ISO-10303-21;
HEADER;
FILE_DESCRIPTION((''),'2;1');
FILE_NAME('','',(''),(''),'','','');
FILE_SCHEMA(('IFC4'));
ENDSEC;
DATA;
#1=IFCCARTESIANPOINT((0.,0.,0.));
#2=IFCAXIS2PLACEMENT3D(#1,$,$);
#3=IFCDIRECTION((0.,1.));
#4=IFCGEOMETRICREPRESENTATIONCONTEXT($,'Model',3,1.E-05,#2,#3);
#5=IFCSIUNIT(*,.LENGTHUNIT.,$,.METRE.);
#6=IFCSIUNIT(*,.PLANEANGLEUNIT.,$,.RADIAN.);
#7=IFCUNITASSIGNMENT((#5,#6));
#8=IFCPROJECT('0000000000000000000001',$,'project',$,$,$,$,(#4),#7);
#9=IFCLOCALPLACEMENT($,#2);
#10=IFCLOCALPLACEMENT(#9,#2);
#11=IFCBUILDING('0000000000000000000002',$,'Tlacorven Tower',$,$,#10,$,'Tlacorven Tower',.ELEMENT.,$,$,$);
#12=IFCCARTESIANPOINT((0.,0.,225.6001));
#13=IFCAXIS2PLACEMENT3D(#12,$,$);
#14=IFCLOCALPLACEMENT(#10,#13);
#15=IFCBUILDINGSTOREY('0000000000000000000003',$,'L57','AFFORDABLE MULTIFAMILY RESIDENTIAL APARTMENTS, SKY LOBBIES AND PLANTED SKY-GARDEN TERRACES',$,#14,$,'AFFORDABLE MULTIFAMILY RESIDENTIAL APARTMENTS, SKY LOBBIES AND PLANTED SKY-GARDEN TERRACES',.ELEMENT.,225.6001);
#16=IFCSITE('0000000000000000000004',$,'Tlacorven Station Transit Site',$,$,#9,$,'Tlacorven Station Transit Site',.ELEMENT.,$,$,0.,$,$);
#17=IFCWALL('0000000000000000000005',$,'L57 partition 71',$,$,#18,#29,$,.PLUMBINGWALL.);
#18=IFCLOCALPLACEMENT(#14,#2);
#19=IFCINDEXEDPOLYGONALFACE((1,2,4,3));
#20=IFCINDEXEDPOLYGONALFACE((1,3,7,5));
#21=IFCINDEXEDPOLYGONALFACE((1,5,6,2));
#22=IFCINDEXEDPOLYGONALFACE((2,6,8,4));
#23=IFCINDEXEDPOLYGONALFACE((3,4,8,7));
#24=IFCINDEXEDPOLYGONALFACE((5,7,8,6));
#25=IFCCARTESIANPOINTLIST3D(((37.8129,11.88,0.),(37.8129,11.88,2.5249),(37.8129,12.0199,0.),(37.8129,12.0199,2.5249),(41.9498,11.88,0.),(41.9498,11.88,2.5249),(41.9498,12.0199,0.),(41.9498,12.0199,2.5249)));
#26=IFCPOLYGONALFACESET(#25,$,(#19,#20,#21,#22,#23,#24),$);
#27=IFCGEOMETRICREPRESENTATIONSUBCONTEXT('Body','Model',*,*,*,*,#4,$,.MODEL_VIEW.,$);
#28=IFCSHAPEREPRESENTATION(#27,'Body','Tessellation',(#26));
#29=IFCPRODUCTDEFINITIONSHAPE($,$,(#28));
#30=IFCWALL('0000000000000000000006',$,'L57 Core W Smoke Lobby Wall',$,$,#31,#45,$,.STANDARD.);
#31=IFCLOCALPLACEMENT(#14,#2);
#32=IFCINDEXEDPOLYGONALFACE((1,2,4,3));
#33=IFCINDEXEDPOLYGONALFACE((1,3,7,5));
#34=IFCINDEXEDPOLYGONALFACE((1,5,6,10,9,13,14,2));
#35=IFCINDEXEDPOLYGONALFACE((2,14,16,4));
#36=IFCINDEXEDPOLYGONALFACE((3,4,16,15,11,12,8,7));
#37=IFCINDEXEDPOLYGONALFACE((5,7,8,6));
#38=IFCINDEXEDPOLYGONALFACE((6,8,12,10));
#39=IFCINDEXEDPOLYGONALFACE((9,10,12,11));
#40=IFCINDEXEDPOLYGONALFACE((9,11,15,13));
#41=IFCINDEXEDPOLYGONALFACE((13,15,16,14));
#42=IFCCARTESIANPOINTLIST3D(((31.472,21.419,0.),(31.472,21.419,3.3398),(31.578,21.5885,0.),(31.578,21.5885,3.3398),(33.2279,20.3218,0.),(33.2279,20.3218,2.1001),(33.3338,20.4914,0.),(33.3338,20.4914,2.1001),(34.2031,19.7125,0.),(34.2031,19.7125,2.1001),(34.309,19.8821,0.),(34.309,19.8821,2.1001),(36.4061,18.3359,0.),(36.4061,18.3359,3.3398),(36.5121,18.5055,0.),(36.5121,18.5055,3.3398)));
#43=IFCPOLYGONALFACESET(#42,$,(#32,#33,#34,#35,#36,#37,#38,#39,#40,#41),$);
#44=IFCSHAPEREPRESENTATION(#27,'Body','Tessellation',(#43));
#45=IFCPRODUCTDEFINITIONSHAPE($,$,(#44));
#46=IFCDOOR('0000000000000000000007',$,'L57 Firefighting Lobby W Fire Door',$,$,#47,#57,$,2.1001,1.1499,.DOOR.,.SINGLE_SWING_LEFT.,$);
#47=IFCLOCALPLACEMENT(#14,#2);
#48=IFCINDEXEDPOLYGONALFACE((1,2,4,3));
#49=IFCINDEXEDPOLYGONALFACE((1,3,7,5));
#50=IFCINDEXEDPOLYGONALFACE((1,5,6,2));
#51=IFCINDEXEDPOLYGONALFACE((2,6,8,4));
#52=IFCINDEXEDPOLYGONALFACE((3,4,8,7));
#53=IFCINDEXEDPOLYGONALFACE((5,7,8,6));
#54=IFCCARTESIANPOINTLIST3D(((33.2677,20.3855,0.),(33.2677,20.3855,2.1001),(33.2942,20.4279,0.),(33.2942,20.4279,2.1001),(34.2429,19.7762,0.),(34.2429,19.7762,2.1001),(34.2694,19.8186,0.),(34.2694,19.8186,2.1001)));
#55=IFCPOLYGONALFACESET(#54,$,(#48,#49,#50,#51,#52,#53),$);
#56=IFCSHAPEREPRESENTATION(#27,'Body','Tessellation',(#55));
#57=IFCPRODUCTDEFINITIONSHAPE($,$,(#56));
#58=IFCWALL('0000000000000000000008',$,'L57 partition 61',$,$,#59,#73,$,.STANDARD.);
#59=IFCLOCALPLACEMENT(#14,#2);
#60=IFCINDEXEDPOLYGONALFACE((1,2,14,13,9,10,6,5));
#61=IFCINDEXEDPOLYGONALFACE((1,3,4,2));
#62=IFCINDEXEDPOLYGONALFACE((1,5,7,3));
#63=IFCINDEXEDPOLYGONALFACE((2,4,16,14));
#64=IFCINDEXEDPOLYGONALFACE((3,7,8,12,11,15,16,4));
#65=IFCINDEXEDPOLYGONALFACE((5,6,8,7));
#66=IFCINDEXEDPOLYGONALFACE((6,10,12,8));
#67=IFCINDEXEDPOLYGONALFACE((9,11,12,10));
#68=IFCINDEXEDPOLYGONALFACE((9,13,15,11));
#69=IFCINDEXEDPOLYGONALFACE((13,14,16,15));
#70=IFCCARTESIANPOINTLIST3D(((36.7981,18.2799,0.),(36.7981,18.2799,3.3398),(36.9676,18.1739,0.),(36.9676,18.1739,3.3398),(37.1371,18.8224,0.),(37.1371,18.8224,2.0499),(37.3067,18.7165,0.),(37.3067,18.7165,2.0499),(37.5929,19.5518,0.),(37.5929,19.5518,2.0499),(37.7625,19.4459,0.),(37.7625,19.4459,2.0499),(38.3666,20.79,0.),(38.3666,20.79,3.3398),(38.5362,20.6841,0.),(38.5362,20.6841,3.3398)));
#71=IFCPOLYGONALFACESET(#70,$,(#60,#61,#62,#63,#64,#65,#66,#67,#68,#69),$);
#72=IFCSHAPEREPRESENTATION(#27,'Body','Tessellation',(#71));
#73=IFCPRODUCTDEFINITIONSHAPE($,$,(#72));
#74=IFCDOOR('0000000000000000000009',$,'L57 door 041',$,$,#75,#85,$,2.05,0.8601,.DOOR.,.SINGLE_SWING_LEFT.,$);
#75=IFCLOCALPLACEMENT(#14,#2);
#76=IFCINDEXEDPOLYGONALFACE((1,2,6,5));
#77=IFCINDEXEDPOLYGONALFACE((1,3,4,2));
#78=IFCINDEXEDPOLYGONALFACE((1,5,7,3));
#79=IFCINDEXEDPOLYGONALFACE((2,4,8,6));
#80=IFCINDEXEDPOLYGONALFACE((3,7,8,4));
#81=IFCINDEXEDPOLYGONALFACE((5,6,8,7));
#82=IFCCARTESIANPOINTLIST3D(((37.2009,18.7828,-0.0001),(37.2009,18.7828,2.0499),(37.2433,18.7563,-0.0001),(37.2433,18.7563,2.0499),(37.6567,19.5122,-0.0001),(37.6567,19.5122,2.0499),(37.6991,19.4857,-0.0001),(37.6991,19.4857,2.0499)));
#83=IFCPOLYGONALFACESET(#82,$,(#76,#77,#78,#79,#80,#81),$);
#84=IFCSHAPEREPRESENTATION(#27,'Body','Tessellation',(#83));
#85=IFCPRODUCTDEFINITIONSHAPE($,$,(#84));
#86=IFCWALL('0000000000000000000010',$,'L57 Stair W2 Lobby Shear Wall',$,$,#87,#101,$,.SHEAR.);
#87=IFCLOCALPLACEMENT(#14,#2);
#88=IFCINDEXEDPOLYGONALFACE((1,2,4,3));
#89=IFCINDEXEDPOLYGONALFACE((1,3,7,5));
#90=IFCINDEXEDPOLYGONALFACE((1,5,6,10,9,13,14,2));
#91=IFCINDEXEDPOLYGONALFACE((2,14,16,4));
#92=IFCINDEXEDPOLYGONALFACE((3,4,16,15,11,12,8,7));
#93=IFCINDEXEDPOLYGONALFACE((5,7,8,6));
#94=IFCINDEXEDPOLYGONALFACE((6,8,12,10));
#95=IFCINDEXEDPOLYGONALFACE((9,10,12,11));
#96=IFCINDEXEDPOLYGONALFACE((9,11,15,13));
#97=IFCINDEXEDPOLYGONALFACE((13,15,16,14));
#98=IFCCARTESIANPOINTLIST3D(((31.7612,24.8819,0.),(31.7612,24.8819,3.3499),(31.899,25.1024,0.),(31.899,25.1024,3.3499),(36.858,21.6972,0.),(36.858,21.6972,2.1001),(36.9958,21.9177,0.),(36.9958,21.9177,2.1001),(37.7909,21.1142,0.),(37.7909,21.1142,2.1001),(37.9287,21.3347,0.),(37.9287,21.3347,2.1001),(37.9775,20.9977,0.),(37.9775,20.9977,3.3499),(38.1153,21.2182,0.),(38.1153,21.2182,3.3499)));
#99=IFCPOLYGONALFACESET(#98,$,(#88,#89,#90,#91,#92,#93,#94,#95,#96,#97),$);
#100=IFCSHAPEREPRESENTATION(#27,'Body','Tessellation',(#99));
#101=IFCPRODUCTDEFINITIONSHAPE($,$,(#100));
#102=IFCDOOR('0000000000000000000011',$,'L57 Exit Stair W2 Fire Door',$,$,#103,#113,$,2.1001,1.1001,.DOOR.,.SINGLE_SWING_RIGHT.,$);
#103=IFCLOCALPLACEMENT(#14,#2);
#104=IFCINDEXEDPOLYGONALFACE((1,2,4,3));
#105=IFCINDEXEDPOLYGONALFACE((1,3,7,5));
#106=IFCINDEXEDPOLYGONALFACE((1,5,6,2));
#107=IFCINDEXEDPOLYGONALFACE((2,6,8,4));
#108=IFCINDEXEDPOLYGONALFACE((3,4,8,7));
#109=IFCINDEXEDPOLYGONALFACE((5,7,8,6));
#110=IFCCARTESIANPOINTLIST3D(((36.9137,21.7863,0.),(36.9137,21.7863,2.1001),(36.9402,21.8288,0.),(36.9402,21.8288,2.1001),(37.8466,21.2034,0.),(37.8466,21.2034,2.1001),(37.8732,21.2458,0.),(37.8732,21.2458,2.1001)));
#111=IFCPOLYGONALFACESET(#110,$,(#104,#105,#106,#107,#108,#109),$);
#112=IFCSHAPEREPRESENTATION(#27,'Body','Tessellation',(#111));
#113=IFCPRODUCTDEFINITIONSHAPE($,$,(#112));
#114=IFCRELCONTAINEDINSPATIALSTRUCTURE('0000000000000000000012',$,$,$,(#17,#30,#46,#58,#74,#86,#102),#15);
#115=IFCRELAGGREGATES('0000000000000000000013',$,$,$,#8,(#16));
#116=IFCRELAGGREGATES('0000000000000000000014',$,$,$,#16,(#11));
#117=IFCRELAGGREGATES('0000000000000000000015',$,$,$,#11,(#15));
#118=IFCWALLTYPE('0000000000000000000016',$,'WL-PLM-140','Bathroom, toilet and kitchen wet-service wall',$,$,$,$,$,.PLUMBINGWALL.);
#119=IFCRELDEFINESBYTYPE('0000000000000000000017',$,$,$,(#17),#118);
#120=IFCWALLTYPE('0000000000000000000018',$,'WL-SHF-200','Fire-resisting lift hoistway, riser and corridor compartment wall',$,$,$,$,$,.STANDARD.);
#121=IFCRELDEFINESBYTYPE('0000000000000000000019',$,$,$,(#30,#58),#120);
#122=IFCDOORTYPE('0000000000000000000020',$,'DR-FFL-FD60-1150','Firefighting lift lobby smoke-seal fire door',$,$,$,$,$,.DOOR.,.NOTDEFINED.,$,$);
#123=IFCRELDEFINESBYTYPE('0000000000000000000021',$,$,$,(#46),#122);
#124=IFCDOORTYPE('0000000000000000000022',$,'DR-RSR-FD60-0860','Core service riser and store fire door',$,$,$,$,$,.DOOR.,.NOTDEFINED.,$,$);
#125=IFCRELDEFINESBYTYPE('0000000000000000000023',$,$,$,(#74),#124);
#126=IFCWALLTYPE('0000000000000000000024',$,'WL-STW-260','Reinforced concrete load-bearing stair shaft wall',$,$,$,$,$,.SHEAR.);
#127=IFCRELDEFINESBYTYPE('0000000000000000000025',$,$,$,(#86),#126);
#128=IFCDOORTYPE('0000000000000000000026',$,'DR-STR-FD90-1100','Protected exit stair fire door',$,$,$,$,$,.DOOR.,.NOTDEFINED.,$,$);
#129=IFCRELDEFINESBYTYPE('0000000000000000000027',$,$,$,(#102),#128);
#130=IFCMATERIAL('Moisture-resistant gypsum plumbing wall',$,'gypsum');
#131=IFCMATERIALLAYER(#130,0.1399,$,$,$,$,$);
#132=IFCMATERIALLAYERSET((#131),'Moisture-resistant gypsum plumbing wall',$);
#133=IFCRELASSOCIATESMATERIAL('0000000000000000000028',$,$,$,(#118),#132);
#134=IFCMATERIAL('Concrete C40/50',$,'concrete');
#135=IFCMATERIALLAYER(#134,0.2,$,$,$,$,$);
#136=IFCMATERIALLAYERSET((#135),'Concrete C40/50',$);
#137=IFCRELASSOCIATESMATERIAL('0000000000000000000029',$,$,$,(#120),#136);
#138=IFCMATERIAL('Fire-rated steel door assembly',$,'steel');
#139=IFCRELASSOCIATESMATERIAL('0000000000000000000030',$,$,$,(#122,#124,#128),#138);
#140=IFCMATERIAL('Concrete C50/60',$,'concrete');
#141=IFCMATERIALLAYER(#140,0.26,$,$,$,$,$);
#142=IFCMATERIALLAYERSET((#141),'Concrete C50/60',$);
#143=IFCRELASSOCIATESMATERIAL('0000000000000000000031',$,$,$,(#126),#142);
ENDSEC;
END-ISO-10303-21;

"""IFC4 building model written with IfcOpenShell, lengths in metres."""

from ifc_helpers import new_model, si_unit, direction, frame, frame_2d, origin, place, context, subcontext, project, spatial, rectangle, extrude, source, transform, mapped, material, layer, layer_set, type_object, element, fill, save


model = new_model("IFC4")

# Units and contexts
model_context = context("Model", 3, precision=1e-05, world=origin(), true_north=direction((0.0, 1.0)))
body_context = subcontext(model_context, "Body", "Model", "MODEL_VIEW")
ifc_project = project(units=[si_unit("LENGTHUNIT", "METRE"), si_unit("PLANEANGLEUNIT", "RADIAN")], contexts=[model_context])

# Site, building, storey
site_placement = place(None, origin())
site = spatial("IfcSite", under=ifc_project, at=site_placement, Name="Tlacorven Station Transit Site", LongName="Tlacorven Station Transit Site", CompositionType="ELEMENT", RefElevation=0.0)
building_placement = place(site_placement, origin())
building = spatial("IfcBuilding", under=site, at=building_placement, Name="Tlacorven Tower", LongName="Tlacorven Tower", CompositionType="ELEMENT")
storey_placement = place(building_placement, frame((0.0, 0.0, 225.6001)))
storey = spatial("IfcBuildingStorey", under=building, at=storey_placement, Name="L57", Description="AFFORDABLE MULTIFAMILY RESIDENTIAL APARTMENTS, SKY LOBBIES AND PLANTED SKY-GARDEN TERRACES", LongName="AFFORDABLE MULTIFAMILY RESIDENTIAL APARTMENTS, SKY LOBBIES AND PLANTED SKY-GARDEN TERRACES", CompositionType="ELEMENT", Elevation=225.6001)

# Shared definitions
ifc_material_1 = material(Name="Concrete C50/60", Category="concrete")

# Shared definitions
ifc_material_2 = material(Name="Fire-rated steel door assembly", Category="steel")

# Wall
ifc_material_3 = material(Name="Moisture-resistant gypsum plumbing wall", Category="gypsum")
ifc_layer_1 = layer(ifc_material_3, 0.1399)
ifc_layer_set_1 = layer_set([ifc_layer_1], Name="Moisture-resistant gypsum plumbing wall")
wall_type_1 = type_object("IfcWallType", Name="WL-PLM-140", Description="Bathroom, toilet and kitchen wet-service wall", PredefinedType="PLUMBINGWALL", material=ifc_layer_set_1)
wall_1_placement = place(storey_placement, frame((37.813, 11.95, 0.0), z_axis=(0.0, 0.0, 1.0), x_axis=(1.0, 0.0, 0.0)))
element("IfcWall", 1, at=wall_1_placement, inside=storey, type_object=wall_type_1, Name="L57 partition 71", PredefinedType="PLUMBINGWALL", context=body_context, shape_type="SweptSolid", body=[
    extrude(rectangle(XDim=4.137, YDim=0.1399, at=frame_2d((2.0684, 0.0))), origin(), (0.0, 0.0, 1.0), 2.5249),
])

# Walls, openings, doors
ifc_material_4 = material(Name="Concrete C40/50", Category="concrete")
ifc_layer_2 = layer(ifc_material_4, 0.2)
ifc_layer_set_2 = layer_set([ifc_layer_2], Name="Concrete C40/50")
wall_type_2 = type_object("IfcWallType", Name="WL-SHF-200", Description="Fire-resisting lift hoistway, riser and corridor compartment wall", PredefinedType="STANDARD", material=ifc_layer_set_2)
wall_2_placement = place(storey_placement, frame((36.4592, 18.4207, 0.0), z_axis=(0.0, 0.0, 1.0), x_axis=(-0.84806, 0.529901, 0.0)))
wall_2 = element("IfcWall", 2, at=wall_2_placement, inside=storey, type_object=wall_type_2, Name="L57 Core W Smoke Lobby Wall", PredefinedType="STANDARD", context=body_context, shape_type="SweptSolid", body=[
    extrude(rectangle(XDim=5.8181, YDim=0.2, at=frame_2d((2.9092, 0.0))), origin(), (0.0, 0.0, 1.0), 3.3398),
])
opening_1_placement = place(wall_2_placement, frame((2.5979, 0.0, 0.0)))
opening_1 = element("IfcOpeningElement", 3, at=opening_1_placement, cuts=wall_2, PredefinedType="OPENING", context=body_context, shape_type="SweptSolid", body=[
    extrude(rectangle(XDim=1.1499, YDim=2.1001, at=frame_2d((0.575, 1.05))), frame((0.0, 0.1099, 0.0), z_axis=(0.0, -1.0, 0.0), x_axis=(1.0, 0.0, 0.0)), (0.0, 0.0, 1.0), 0.22),
])
door_type_1 = type_object("IfcDoorType", Name="DR-FFL-FD60-1150", Description="Firefighting lift lobby smoke-seal fire door", OperationType="NOTDEFINED", PredefinedType="DOOR", material=ifc_material_2)
shared_shape_1 = source(origin(), body_context, "Body", "SweptSolid", [
    extrude(rectangle(XDim=1.1499, YDim=2.1001, at=frame_2d((0.575, 1.05))), frame((0.0, 0.0249, 0.0), z_axis=(0.0, -1.0, 0.0), x_axis=(1.0, 0.0, 0.0)), (0.0, 0.0, 1.0), 0.05),
])
door_1_placement = place(opening_1_placement, origin())
door_1 = element("IfcDoor", 4, at=door_1_placement, inside=storey, type_object=door_type_1, Name="L57 Firefighting Lobby W Fire Door", OperationType="SINGLE_SWING_LEFT", OverallHeight=2.1001, OverallWidth=1.1499, PredefinedType="DOOR", context=body_context, shape_type="MappedRepresentation", body=[
    mapped(shared_shape_1, transform((0.0, 0.0, 0.0), scale=1.0)),
])
fill(opening_1, door_1)
wall_3_placement = place(storey_placement, frame((38.4514, 20.7371, 0.0), z_axis=(0.0, 0.0, 1.0), x_axis=(-0.529925, -0.848045, 0.0)))
wall_3 = element("IfcWall", 5, at=wall_3_placement, inside=storey, type_object=wall_type_2, Name="L57 partition 61", PredefinedType="STANDARD", context=body_context, shape_type="SweptSolid", body=[
    extrude(rectangle(XDim=2.96, YDim=0.2, at=frame_2d((1.48, 0.0))), origin(), (0.0, 0.0, 1.0), 3.3398),
])
opening_2_placement = place(wall_3_placement, frame((1.46, 0.0, 0.0)))
opening_2 = element("IfcOpeningElement", 6, at=opening_2_placement, cuts=wall_3, PredefinedType="OPENING", context=body_context, shape_type="SweptSolid", body=[
    extrude(rectangle(XDim=0.8601, YDim=2.05, at=frame_2d((0.4302, 1.0249))), frame((0.0, 0.1099, 0.0), z_axis=(0.0, -1.0, 0.0), x_axis=(1.0, 0.0, 0.0)), (0.0, 0.0, 1.0), 0.22),
])
door_type_2 = type_object("IfcDoorType", Name="DR-RSR-FD60-0860", Description="Core service riser and store fire door", OperationType="NOTDEFINED", PredefinedType="DOOR", material=ifc_material_2)
shared_shape_2 = source(origin(), body_context, "Body", "SweptSolid", [
    extrude(rectangle(XDim=0.8601, YDim=2.05, at=frame_2d((0.4302, 1.0249))), frame((0.0, 0.0249, 0.0), z_axis=(0.0, -1.0, 0.0), x_axis=(1.0, 0.0, 0.0)), (0.0, 0.0, 1.0), 0.05),
])
door_2_placement = place(opening_2_placement, frame((0.8601, 0.0, 0.0), z_axis=(0.0, 0.0, 1.0), x_axis=(-1.0, 0.0, 0.0)))
door_2 = element("IfcDoor", 7, at=door_2_placement, inside=storey, type_object=door_type_2, Name="L57 door 041", OperationType="SINGLE_SWING_LEFT", OverallHeight=2.05, OverallWidth=0.8601, PredefinedType="DOOR", context=body_context, shape_type="MappedRepresentation", body=[
    mapped(shared_shape_2, transform((0.0, 0.0, 0.0), scale=1.0)),
])
fill(opening_2, door_2)
ifc_layer_3 = layer(ifc_material_1, 0.26)
ifc_layer_set_3 = layer_set([ifc_layer_3], Name="Concrete C50/60")
wall_type_3 = type_object("IfcWallType", Name="WL-STW-260", Description="Reinforced concrete load-bearing stair shaft wall", PredefinedType="SHEAR", material=ifc_layer_set_3)
wall_4_placement = place(storey_placement, frame((38.0464, 21.1079, 0.0), z_axis=(0.0, 0.0, 1.0), x_axis=(-0.848054, 0.529909, 0.0)))
wall_4 = element("IfcWall", 8, at=wall_4_placement, inside=storey, type_object=wall_type_3, Name="L57 Stair W2 Lobby Shear Wall", PredefinedType="SHEAR", context=body_context, shape_type="SweptSolid", body=[
    extrude(rectangle(XDim=7.3301, YDim=0.26, at=frame_2d((3.665, 0.0))), origin(), (0.0, 0.0, 1.0), 3.3499),
])
opening_3_placement = place(wall_4_placement, frame((0.22, 0.0, 0.0)))
opening_3 = element("IfcOpeningElement", 9, at=opening_3_placement, cuts=wall_4, PredefinedType="OPENING", context=body_context, shape_type="SweptSolid", body=[
    extrude(rectangle(XDim=1.1001, YDim=2.1001, at=frame_2d((0.55, 1.05))), frame((0.0, 0.1401, 0.0), z_axis=(0.0, -1.0, 0.0), x_axis=(1.0, 0.0, 0.0)), (0.0, 0.0, 1.0), 0.28),
])
door_type_3 = type_object("IfcDoorType", Name="DR-STR-FD90-1100", Description="Protected exit stair fire door", OperationType="NOTDEFINED", PredefinedType="DOOR", material=ifc_material_2)
shared_shape_3 = source(origin(), body_context, "Body", "SweptSolid", [
    extrude(rectangle(XDim=1.1001, YDim=2.1001, at=frame_2d((0.55, 1.05))), frame((0.0, 0.0249, 0.0), z_axis=(0.0, -1.0, 0.0), x_axis=(1.0, 0.0, 0.0)), (0.0, 0.0, 1.0), 0.05),
])
door_3_placement = place(opening_3_placement, origin())
door_3 = element("IfcDoor", 10, at=door_3_placement, inside=storey, type_object=door_type_3, Name="L57 Exit Stair W2 Fire Door", OperationType="SINGLE_SWING_RIGHT", OverallHeight=2.1001, OverallWidth=1.1001, PredefinedType="DOOR", context=body_context, shape_type="MappedRepresentation", body=[
    mapped(shared_shape_3, transform((0.0, 0.0, 0.0), scale=1.0)),
])
fill(opening_3, door_3)

save(model, "model.ifc")
